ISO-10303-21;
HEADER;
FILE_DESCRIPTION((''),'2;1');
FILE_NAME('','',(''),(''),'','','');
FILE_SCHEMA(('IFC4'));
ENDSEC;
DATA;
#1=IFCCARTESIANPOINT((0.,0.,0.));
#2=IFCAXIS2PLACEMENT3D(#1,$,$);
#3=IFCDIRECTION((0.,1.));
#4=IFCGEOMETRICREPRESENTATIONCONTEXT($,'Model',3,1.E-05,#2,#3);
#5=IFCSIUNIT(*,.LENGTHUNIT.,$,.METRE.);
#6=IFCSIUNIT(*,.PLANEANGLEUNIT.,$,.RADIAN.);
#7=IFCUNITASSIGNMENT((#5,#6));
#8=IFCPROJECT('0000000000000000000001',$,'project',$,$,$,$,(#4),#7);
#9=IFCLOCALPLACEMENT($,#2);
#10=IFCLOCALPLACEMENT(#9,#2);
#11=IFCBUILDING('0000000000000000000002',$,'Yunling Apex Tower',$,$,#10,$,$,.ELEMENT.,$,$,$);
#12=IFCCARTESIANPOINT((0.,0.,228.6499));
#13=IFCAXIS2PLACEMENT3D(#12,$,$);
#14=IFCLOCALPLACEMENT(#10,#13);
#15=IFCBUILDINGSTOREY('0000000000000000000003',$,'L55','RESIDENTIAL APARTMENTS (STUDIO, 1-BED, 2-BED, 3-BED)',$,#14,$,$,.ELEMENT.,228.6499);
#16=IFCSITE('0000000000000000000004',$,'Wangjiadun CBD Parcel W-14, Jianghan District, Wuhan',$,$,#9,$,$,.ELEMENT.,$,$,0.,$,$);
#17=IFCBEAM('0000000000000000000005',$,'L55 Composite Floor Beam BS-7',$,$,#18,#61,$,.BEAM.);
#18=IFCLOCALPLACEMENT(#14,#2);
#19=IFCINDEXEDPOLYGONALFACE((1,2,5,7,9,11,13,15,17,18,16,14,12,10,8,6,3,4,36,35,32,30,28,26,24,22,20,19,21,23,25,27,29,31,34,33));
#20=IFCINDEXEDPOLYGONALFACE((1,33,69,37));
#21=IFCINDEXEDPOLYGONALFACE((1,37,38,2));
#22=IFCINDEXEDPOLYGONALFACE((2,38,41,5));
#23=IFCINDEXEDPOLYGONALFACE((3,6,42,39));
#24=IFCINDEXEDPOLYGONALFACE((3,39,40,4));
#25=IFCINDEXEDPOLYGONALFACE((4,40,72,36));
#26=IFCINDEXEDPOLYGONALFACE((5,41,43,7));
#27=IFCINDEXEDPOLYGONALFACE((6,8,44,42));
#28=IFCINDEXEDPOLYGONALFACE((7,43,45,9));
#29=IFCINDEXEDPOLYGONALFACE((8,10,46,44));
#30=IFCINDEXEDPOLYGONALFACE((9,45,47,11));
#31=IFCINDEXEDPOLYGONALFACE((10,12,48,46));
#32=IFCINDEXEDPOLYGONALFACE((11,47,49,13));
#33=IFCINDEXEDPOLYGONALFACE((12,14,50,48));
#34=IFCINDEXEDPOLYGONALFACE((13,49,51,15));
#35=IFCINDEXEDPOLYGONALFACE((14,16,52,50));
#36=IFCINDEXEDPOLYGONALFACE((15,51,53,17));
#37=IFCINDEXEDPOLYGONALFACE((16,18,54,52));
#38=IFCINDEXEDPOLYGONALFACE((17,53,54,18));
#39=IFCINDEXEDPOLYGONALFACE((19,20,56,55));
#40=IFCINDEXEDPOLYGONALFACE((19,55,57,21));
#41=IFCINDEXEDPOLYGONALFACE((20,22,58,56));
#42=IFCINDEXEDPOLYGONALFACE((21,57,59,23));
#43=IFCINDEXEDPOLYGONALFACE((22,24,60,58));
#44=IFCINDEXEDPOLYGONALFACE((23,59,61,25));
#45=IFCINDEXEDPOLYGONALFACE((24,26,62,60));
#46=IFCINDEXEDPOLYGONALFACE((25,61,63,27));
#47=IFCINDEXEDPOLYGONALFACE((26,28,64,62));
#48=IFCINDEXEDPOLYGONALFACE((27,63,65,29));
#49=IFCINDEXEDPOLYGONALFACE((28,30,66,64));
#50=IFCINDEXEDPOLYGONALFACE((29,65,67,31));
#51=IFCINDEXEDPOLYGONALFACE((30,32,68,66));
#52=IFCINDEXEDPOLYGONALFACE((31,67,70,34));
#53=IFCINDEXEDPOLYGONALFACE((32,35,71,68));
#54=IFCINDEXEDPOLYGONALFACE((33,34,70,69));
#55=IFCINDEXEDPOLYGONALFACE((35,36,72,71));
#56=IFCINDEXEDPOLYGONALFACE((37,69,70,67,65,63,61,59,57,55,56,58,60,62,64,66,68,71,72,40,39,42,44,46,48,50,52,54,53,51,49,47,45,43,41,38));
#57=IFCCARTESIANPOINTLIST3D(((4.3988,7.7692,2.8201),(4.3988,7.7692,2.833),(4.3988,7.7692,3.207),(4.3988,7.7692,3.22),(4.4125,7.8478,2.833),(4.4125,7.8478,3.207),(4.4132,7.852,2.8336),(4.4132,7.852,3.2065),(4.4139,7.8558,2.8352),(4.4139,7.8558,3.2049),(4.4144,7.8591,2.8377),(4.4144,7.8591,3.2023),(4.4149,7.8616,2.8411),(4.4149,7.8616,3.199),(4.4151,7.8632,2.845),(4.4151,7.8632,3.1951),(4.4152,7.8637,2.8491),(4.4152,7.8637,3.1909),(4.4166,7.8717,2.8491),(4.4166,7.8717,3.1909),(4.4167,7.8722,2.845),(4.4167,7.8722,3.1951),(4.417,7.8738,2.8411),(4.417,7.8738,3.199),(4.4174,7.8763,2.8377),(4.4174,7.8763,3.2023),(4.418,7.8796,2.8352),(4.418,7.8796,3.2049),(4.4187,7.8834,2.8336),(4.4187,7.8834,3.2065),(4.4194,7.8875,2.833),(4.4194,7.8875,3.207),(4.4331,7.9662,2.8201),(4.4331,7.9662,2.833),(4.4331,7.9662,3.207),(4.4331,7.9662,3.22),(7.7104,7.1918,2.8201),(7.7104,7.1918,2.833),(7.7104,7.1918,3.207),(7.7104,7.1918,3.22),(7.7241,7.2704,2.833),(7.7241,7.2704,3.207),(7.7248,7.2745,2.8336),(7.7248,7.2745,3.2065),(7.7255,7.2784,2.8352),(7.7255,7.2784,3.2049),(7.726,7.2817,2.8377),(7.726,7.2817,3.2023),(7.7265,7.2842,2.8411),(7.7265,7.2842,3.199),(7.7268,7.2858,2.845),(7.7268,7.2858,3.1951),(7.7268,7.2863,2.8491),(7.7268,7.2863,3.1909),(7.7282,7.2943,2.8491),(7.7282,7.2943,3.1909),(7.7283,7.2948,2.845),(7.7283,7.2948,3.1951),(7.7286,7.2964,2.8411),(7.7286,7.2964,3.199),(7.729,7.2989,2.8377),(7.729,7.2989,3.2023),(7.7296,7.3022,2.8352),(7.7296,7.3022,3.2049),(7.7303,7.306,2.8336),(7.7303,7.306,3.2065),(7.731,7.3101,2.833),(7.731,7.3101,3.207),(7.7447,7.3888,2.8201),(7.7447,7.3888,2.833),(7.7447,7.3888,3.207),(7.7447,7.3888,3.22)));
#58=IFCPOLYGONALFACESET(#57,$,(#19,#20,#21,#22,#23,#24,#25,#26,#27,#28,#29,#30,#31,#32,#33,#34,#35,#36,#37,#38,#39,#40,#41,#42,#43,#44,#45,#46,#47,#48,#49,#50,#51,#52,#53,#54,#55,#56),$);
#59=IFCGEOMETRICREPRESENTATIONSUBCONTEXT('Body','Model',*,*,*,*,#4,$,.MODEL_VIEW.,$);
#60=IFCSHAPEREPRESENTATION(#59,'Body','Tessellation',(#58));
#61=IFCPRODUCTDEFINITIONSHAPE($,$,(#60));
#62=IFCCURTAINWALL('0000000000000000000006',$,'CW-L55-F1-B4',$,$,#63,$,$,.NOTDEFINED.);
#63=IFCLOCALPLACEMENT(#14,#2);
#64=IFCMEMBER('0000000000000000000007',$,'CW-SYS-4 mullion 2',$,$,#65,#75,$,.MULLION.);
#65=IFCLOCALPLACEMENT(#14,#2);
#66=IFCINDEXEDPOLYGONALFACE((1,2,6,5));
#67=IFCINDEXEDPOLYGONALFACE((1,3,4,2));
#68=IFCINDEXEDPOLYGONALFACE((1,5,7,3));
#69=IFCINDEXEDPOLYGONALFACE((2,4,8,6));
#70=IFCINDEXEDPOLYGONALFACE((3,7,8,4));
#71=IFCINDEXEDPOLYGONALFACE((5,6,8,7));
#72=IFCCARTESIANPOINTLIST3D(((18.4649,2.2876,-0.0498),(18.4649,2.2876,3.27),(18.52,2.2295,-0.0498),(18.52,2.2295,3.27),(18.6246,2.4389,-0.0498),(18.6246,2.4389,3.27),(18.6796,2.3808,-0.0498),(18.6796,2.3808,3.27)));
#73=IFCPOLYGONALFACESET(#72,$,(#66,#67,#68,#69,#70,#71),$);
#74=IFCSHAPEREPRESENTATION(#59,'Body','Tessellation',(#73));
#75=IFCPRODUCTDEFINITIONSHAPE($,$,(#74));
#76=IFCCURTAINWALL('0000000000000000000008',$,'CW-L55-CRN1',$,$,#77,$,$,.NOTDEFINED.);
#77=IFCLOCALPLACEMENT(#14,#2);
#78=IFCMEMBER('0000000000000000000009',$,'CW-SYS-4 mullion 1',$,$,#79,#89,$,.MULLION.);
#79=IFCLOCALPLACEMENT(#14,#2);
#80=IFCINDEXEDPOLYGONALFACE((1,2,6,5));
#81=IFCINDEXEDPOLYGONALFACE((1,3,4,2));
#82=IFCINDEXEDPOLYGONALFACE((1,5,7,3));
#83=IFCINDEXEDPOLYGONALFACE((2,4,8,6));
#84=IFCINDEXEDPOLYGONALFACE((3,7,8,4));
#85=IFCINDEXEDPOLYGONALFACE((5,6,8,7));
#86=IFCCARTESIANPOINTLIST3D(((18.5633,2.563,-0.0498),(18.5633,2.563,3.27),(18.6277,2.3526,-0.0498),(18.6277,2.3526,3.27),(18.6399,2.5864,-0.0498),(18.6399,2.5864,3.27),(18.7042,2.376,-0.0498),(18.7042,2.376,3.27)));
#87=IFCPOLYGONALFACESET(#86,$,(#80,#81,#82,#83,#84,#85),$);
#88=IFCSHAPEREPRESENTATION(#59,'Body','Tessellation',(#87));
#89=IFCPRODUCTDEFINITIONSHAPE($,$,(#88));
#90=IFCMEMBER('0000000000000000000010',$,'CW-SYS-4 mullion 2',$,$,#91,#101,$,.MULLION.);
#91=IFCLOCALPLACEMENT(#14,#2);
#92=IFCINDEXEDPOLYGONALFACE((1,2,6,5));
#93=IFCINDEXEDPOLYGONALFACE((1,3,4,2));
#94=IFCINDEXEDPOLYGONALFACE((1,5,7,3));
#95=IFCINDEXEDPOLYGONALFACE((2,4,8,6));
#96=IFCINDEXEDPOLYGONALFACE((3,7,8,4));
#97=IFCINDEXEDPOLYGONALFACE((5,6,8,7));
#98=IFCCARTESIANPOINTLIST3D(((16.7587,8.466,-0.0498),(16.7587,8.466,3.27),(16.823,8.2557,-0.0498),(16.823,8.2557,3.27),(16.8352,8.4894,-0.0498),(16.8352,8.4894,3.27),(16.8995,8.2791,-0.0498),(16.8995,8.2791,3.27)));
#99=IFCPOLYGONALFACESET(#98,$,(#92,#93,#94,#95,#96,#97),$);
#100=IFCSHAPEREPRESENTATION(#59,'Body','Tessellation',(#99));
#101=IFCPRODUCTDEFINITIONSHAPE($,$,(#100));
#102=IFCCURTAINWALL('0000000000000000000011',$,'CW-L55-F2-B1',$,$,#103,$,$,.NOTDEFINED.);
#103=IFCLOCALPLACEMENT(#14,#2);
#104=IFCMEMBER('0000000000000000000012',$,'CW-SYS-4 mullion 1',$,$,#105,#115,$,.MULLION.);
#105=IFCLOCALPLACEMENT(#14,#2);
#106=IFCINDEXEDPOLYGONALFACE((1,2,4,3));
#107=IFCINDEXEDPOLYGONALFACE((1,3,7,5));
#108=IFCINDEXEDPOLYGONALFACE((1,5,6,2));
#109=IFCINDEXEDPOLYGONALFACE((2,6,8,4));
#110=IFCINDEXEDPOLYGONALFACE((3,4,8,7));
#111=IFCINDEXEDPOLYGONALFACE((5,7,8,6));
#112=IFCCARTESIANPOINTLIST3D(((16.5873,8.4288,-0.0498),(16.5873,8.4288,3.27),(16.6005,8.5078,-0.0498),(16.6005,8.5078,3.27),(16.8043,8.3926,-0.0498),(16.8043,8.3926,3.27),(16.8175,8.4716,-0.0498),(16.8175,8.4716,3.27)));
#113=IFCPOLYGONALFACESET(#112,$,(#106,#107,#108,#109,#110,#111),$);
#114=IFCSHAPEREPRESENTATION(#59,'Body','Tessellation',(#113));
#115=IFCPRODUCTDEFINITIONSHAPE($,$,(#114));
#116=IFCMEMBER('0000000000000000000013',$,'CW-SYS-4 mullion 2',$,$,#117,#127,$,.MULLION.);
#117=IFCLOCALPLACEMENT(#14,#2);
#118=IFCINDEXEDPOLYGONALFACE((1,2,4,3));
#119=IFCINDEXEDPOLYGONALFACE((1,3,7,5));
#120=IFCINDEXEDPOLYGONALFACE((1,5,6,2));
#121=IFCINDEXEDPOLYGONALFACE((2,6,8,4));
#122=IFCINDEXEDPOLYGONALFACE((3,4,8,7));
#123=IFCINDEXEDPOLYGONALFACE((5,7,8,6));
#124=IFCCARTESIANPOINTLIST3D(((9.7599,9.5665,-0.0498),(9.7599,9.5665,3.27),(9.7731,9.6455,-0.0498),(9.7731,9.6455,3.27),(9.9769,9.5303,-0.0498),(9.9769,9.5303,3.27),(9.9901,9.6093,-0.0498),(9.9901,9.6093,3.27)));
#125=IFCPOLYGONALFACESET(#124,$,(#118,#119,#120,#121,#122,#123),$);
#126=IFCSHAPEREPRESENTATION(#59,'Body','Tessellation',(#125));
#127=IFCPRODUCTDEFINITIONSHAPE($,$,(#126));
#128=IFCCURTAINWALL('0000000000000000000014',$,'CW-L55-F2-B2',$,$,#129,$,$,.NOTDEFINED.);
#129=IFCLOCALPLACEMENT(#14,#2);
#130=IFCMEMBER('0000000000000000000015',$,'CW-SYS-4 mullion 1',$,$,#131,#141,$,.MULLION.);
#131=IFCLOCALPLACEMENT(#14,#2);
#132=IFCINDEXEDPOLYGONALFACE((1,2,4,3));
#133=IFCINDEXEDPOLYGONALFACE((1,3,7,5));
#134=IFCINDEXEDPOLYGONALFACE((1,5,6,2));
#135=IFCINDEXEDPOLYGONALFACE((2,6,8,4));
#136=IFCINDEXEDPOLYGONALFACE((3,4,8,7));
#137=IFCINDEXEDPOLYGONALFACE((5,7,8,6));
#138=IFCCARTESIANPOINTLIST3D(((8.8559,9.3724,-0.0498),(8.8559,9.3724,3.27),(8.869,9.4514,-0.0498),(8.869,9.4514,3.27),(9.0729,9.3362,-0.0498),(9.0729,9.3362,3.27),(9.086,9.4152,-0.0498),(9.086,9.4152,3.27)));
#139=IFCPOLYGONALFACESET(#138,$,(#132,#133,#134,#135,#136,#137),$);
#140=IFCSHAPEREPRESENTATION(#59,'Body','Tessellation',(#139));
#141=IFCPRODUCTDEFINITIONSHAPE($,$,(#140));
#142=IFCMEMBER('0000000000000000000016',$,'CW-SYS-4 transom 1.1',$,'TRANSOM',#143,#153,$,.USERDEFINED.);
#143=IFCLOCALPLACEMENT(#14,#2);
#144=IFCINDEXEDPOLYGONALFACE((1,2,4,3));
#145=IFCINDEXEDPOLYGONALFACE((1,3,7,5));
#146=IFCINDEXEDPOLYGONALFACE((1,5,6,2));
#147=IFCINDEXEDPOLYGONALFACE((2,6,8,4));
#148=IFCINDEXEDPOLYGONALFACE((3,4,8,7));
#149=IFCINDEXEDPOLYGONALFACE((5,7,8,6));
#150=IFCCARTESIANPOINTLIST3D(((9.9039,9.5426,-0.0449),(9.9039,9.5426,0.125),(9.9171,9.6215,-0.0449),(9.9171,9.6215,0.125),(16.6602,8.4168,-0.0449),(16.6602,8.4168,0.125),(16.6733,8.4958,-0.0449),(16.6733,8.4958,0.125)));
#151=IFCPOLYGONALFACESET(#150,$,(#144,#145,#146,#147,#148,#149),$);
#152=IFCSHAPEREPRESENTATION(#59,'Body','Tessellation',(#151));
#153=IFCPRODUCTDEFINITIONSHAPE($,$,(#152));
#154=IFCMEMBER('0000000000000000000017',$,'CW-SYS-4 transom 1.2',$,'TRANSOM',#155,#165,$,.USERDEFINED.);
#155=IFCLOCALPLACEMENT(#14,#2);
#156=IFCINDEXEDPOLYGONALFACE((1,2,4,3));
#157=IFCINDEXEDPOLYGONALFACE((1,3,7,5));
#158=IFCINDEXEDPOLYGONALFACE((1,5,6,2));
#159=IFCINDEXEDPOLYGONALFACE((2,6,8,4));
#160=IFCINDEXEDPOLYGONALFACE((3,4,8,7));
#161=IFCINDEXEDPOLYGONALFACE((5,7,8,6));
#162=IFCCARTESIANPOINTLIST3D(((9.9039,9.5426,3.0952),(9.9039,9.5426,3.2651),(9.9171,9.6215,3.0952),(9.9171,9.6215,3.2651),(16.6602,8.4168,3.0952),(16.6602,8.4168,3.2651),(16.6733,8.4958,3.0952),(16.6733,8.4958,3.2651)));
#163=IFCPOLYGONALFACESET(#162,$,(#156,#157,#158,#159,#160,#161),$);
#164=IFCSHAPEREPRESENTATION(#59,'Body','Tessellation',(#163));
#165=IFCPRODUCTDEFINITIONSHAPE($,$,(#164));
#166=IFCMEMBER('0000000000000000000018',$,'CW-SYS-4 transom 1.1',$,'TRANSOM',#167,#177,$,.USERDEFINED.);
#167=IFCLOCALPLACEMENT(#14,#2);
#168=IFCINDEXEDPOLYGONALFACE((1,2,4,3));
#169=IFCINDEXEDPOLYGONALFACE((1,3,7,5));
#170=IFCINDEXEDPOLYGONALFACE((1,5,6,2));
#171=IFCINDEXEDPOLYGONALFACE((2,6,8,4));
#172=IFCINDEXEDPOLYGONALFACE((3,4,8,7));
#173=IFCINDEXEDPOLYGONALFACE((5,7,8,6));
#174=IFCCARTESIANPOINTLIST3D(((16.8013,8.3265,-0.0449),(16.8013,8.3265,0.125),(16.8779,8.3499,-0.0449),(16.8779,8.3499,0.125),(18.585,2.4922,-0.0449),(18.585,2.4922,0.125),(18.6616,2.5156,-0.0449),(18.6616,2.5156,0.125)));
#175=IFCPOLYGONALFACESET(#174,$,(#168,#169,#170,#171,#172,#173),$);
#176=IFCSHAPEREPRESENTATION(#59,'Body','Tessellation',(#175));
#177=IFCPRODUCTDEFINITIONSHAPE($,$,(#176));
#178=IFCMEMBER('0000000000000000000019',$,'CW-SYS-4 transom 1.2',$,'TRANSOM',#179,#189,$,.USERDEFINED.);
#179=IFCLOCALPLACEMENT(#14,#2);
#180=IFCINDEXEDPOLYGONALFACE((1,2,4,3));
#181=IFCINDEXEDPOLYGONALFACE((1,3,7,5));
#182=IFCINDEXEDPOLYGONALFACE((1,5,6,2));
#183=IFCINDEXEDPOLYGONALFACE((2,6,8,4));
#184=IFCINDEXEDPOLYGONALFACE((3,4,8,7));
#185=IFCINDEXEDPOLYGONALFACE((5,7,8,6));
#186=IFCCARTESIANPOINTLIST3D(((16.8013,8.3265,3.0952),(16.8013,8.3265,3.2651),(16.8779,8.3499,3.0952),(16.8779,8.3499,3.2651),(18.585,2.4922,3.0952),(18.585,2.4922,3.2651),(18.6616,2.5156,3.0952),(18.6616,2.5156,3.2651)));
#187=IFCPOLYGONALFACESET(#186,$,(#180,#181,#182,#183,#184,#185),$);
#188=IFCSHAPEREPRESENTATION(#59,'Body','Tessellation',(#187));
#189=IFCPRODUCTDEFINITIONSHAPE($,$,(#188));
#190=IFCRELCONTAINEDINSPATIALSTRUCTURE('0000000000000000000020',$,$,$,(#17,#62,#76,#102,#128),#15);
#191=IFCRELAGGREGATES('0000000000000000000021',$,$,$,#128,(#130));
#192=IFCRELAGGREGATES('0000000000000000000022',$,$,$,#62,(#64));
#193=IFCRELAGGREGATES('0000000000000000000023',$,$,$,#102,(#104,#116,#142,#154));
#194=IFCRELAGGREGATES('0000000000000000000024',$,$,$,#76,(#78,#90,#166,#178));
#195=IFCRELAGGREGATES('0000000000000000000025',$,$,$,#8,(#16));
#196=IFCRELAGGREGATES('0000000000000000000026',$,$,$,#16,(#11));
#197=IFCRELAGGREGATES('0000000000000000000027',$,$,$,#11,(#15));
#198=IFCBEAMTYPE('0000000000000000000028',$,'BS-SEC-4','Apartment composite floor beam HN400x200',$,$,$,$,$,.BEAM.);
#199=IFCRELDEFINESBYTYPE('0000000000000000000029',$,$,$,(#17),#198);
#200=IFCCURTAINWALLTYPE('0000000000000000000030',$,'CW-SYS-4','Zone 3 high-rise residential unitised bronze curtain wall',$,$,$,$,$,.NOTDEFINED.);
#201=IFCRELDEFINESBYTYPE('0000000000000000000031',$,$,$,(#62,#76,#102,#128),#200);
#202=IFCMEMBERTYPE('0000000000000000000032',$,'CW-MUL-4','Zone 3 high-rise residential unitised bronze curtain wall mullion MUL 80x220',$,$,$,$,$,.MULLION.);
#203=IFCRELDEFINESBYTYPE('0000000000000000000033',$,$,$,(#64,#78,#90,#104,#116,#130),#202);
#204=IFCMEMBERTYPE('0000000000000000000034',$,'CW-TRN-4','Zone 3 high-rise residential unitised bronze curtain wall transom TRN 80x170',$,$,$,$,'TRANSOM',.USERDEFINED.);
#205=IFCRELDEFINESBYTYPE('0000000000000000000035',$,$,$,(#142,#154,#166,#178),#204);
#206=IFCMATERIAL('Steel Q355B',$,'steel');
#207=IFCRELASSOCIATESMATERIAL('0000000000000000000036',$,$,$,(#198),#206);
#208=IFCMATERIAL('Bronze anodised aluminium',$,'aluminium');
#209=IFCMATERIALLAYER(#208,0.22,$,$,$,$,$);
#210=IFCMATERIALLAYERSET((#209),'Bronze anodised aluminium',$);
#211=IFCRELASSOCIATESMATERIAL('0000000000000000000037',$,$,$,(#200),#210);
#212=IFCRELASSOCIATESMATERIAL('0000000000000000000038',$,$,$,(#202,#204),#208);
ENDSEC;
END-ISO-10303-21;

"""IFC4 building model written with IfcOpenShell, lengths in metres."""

from ifc_helpers import new_model, si_unit, direction, frame, origin, origin_2d, place, context, subcontext, project, spatial, rectangle, i_section, extrude, source, transform, mapped, material, layer, layer_set, material_profile, profile_set, type_object, element, aggregate, save


model = new_model("IFC4")

# Units and contexts
model_context = context("Model", 3, precision=1e-05, world=origin(), true_north=direction((0.0, 1.0)))
body_context = subcontext(model_context, "Body", "Model", "MODEL_VIEW")
ifc_project = project(units=[si_unit("LENGTHUNIT", "METRE"), si_unit("PLANEANGLEUNIT", "RADIAN")], contexts=[model_context])

# Site, building, storey
site_placement = place(None, origin())
site = spatial("IfcSite", under=ifc_project, at=site_placement, Name="Wangjiadun CBD Parcel W-14, Jianghan District, Wuhan", CompositionType="ELEMENT", RefElevation=0.0)
building_placement = place(site_placement, origin())
building = spatial("IfcBuilding", under=site, at=building_placement, Name="Yunling Apex Tower", CompositionType="ELEMENT")
storey_placement = place(building_placement, frame((0.0, 0.0, 228.6499)))
storey = spatial("IfcBuildingStorey", under=building, at=storey_placement, Name="L55", Description="RESIDENTIAL APARTMENTS (STUDIO, 1-BED, 2-BED, 3-BED)", CompositionType="ELEMENT", Elevation=228.6499)

# Beam
ifc_material_1 = material(Name="Steel Q355B", Category="steel")
ifc_material_profile_1 = material_profile(ifc_material_1, i_section(OverallWidth=0.2, OverallDepth=0.3999, WebThickness=0.0081, FlangeThickness=0.0129, FilletRadius=0.0161, at=origin_2d()))
ifc_profile_set_1 = profile_set([ifc_material_profile_1], Name="Steel Q355B")
beam_type_1 = type_object("IfcBeamType", Name="BS-SEC-4", Description="Apartment composite floor beam HN400x200", PredefinedType="BEAM", material=ifc_profile_set_1)
shared_shape_1 = source(origin(), body_context, "Body", "SweptSolid", [
    extrude(i_section(OverallWidth=0.2, OverallDepth=0.3999, WebThickness=0.0081, FlangeThickness=0.0129, FilletRadius=0.0161, at=origin_2d()), origin(), (0.0, 0.0, 1.0), 3.3616),
])
beam_1_placement = place(storey_placement, frame((7.7275, 7.2903, 3.02), z_axis=(-0.985138, 0.171767, 0.0), x_axis=(-0.171767, -0.985138, 0.0)))
element("IfcBeam", 1, at=beam_1_placement, inside=storey, type_object=beam_type_1, Name="L55 Composite Floor Beam BS-7", PredefinedType="BEAM", context=body_context, shape_type="MappedRepresentation", body=[
    mapped(shared_shape_1, transform((0.0, 0.0, 0.0), scale=1.0)),
])

# Curtain wall, member
ifc_material_2 = material(Name="Bronze anodised aluminium", Category="aluminium")
ifc_layer_1 = layer(ifc_material_2, 0.22)
ifc_layer_set_1 = layer_set([ifc_layer_1], Name="Bronze anodised aluminium")
curtain_wall_type = type_object("IfcCurtainWallType", Name="CW-SYS-4", Description="Zone 3 high-rise residential unitised bronze curtain wall", PredefinedType="NOTDEFINED", material=ifc_layer_set_1)
curtain_wall_1_placement = place(storey_placement, origin())
curtain_wall_1 = element("IfcCurtainWall", 2, at=curtain_wall_1_placement, inside=storey, type_object=curtain_wall_type, Name="CW-L55-F1-B4", PredefinedType="NOTDEFINED")
ifc_material_profile_2 = material_profile(ifc_material_2, rectangle(XDim=0.0801, YDim=0.22, at=origin_2d()))
ifc_profile_set_2 = profile_set([ifc_material_profile_2], Name="Bronze anodised aluminium")
member_type_1 = type_object("IfcMemberType", Name="CW-MUL-4", Description="Zone 3 high-rise residential unitised bronze curtain wall mullion MUL 80x220", PredefinedType="MULLION", material=ifc_profile_set_2)
shared_shape_2 = source(origin(), body_context, "Body", "SweptSolid", [
    extrude(rectangle(XDim=0.0801, YDim=0.22, at=origin_2d()), origin(), (0.0, 0.0, 1.0), 3.3198),
])
member_1_placement = place(storey_placement, frame((18.5723, 2.3342, -0.0498), z_axis=(0.0, 0.0, 1.0), x_axis=(-0.687848, 0.725855, 0.0)))
member_1 = element("IfcMember", 3, at=member_1_placement, type_object=member_type_1, Name="CW-SYS-4 mullion 2", PredefinedType="MULLION", context=body_context, shape_type="MappedRepresentation", body=[
    mapped(shared_shape_2, transform((0.0, 0.0, 0.0), scale=1.0)),
])

# Curtain walls, members
curtain_wall_2_placement = place(storey_placement, origin())
curtain_wall_2 = element("IfcCurtainWall", 4, at=curtain_wall_2_placement, inside=storey, type_object=curtain_wall_type, Name="CW-L55-CRN1", PredefinedType="NOTDEFINED")
member_2_placement = place(storey_placement, frame((18.6338, 2.4695, -0.0498), z_axis=(0.0, 0.0, 1.0), x_axis=(-0.956305, -0.292369, 0.0)))
member_2 = element("IfcMember", 5, at=member_2_placement, type_object=member_type_1, Name="CW-SYS-4 mullion 1", PredefinedType="MULLION", context=body_context, shape_type="MappedRepresentation", body=[
    mapped(shared_shape_2, transform((0.0, 0.0, 0.0), scale=1.0)),
])
member_3_placement = place(storey_placement, frame((16.8291, 8.3726, -0.0498), z_axis=(0.0, 0.0, 1.0), x_axis=(-0.956305, -0.292369, 0.0)))
member_3 = element("IfcMember", 6, at=member_3_placement, type_object=member_type_1, Name="CW-SYS-4 mullion 2", PredefinedType="MULLION", context=body_context, shape_type="MappedRepresentation", body=[
    mapped(shared_shape_2, transform((0.0, 0.0, 0.0), scale=1.0)),
])
curtain_wall_3_placement = place(storey_placement, origin())
curtain_wall_3 = element("IfcCurtainWall", 7, at=curtain_wall_3_placement, inside=storey, type_object=curtain_wall_type, Name="CW-L55-F2-B1", PredefinedType="NOTDEFINED")
member_4_placement = place(storey_placement, frame((16.7024, 8.4502, -0.0498), z_axis=(0.0, 0.0, 1.0), x_axis=(-0.164353, -0.986402, 0.0)))
member_4 = element("IfcMember", 8, at=member_4_placement, type_object=member_type_1, Name="CW-SYS-4 mullion 1", PredefinedType="MULLION", context=body_context, shape_type="MappedRepresentation", body=[
    mapped(shared_shape_2, transform((0.0, 0.0, 0.0), scale=1.0)),
])
member_5_placement = place(storey_placement, frame((9.875, 9.5879, -0.0498), z_axis=(0.0, 0.0, 1.0), x_axis=(-0.164353, -0.986402, 0.0)))
member_5 = element("IfcMember", 9, at=member_5_placement, type_object=member_type_1, Name="CW-SYS-4 mullion 2", PredefinedType="MULLION", context=body_context, shape_type="MappedRepresentation", body=[
    mapped(shared_shape_2, transform((0.0, 0.0, 0.0), scale=1.0)),
])

# Curtain wall, member
curtain_wall_4_placement = place(storey_placement, origin())
curtain_wall_4 = element("IfcCurtainWall", 10, at=curtain_wall_4_placement, inside=storey, type_object=curtain_wall_type, Name="CW-L55-F2-B2", PredefinedType="NOTDEFINED")
member_6_placement = place(storey_placement, frame((8.9709, 9.3938, -0.0498), z_axis=(0.0, 0.0, 1.0), x_axis=(-0.164371, -0.986399, 0.0)))
member_6 = element("IfcMember", 11, at=member_6_placement, type_object=member_type_1, Name="CW-SYS-4 mullion 1", PredefinedType="MULLION", context=body_context, shape_type="MappedRepresentation", body=[
    mapped(shared_shape_2, transform((0.0, 0.0, 0.0), scale=1.0)),
])

# Members
ifc_material_profile_3 = material_profile(ifc_material_2, rectangle(XDim=0.0801, YDim=0.1699, at=origin_2d()))
ifc_profile_set_3 = profile_set([ifc_material_profile_3], Name="Bronze anodised aluminium")
member_type_2 = type_object("IfcMemberType", Name="CW-TRN-4", Description="Zone 3 high-rise residential unitised bronze curtain wall transom TRN 80x170", ElementType="TRANSOM", PredefinedType="USERDEFINED", material=ifc_profile_set_3)
shared_shape_3 = source(origin(), body_context, "Body", "SweptSolid", [
    extrude(rectangle(XDim=0.0801, YDim=0.1699, at=origin_2d()), origin(), (0.0, 0.0, 1.0), 6.8494),
])
member_7_placement = place(storey_placement, frame((16.6667, 8.4563, 0.04), z_axis=(-0.986401, 0.164359, 0.0), x_axis=(-0.164359, -0.986401, 0.0)))
member_7 = element("IfcMember", 12, at=member_7_placement, type_object=member_type_2, Name="CW-SYS-4 transom 1.1", ObjectType="TRANSOM", PredefinedType="USERDEFINED", context=body_context, shape_type="MappedRepresentation", body=[
    mapped(shared_shape_3, transform((0.0, 0.0, 0.0), scale=1.0)),
])
member_8_placement = place(storey_placement, frame((16.6667, 8.4563, 3.1802), z_axis=(-0.986401, 0.164359, 0.0), x_axis=(-0.164359, -0.986401, 0.0)))
member_8 = element("IfcMember", 13, at=member_8_placement, type_object=member_type_2, Name="CW-SYS-4 transom 1.2", ObjectType="TRANSOM", PredefinedType="USERDEFINED", context=body_context, shape_type="MappedRepresentation", body=[
    mapped(shared_shape_3, transform((0.0, 0.0, 0.0), scale=1.0)),
])
shared_shape_4 = source(origin(), body_context, "Body", "SweptSolid", [
    extrude(rectangle(XDim=0.0801, YDim=0.1699, at=origin_2d()), origin(), (0.0, 0.0, 1.0), 6.1008),
])
member_9_placement = place(storey_placement, frame((18.6233, 2.5039, 0.04), z_axis=(-0.29237, 0.956305, 0.0), x_axis=(-0.956305, -0.29237, 0.0)))
member_9 = element("IfcMember", 14, at=member_9_placement, type_object=member_type_2, Name="CW-SYS-4 transom 1.1", ObjectType="TRANSOM", PredefinedType="USERDEFINED", context=body_context, shape_type="MappedRepresentation", body=[
    mapped(shared_shape_4, transform((0.0, 0.0, 0.0), scale=1.0)),
])
member_10_placement = place(storey_placement, frame((18.6233, 2.5039, 3.1802), z_axis=(-0.29237, 0.956305, 0.0), x_axis=(-0.956305, -0.29237, 0.0)))
member_10 = element("IfcMember", 15, at=member_10_placement, type_object=member_type_2, Name="CW-SYS-4 transom 1.2", ObjectType="TRANSOM", PredefinedType="USERDEFINED", context=body_context, shape_type="MappedRepresentation", body=[
    mapped(shared_shape_4, transform((0.0, 0.0, 0.0), scale=1.0)),
])

aggregate(curtain_wall_4, [member_6])
aggregate(curtain_wall_1, [member_1])
aggregate(curtain_wall_3, [member_4, member_5, member_7, member_8])
aggregate(curtain_wall_2, [member_2, member_3, member_9, member_10])

save(model, "model.ifc")
